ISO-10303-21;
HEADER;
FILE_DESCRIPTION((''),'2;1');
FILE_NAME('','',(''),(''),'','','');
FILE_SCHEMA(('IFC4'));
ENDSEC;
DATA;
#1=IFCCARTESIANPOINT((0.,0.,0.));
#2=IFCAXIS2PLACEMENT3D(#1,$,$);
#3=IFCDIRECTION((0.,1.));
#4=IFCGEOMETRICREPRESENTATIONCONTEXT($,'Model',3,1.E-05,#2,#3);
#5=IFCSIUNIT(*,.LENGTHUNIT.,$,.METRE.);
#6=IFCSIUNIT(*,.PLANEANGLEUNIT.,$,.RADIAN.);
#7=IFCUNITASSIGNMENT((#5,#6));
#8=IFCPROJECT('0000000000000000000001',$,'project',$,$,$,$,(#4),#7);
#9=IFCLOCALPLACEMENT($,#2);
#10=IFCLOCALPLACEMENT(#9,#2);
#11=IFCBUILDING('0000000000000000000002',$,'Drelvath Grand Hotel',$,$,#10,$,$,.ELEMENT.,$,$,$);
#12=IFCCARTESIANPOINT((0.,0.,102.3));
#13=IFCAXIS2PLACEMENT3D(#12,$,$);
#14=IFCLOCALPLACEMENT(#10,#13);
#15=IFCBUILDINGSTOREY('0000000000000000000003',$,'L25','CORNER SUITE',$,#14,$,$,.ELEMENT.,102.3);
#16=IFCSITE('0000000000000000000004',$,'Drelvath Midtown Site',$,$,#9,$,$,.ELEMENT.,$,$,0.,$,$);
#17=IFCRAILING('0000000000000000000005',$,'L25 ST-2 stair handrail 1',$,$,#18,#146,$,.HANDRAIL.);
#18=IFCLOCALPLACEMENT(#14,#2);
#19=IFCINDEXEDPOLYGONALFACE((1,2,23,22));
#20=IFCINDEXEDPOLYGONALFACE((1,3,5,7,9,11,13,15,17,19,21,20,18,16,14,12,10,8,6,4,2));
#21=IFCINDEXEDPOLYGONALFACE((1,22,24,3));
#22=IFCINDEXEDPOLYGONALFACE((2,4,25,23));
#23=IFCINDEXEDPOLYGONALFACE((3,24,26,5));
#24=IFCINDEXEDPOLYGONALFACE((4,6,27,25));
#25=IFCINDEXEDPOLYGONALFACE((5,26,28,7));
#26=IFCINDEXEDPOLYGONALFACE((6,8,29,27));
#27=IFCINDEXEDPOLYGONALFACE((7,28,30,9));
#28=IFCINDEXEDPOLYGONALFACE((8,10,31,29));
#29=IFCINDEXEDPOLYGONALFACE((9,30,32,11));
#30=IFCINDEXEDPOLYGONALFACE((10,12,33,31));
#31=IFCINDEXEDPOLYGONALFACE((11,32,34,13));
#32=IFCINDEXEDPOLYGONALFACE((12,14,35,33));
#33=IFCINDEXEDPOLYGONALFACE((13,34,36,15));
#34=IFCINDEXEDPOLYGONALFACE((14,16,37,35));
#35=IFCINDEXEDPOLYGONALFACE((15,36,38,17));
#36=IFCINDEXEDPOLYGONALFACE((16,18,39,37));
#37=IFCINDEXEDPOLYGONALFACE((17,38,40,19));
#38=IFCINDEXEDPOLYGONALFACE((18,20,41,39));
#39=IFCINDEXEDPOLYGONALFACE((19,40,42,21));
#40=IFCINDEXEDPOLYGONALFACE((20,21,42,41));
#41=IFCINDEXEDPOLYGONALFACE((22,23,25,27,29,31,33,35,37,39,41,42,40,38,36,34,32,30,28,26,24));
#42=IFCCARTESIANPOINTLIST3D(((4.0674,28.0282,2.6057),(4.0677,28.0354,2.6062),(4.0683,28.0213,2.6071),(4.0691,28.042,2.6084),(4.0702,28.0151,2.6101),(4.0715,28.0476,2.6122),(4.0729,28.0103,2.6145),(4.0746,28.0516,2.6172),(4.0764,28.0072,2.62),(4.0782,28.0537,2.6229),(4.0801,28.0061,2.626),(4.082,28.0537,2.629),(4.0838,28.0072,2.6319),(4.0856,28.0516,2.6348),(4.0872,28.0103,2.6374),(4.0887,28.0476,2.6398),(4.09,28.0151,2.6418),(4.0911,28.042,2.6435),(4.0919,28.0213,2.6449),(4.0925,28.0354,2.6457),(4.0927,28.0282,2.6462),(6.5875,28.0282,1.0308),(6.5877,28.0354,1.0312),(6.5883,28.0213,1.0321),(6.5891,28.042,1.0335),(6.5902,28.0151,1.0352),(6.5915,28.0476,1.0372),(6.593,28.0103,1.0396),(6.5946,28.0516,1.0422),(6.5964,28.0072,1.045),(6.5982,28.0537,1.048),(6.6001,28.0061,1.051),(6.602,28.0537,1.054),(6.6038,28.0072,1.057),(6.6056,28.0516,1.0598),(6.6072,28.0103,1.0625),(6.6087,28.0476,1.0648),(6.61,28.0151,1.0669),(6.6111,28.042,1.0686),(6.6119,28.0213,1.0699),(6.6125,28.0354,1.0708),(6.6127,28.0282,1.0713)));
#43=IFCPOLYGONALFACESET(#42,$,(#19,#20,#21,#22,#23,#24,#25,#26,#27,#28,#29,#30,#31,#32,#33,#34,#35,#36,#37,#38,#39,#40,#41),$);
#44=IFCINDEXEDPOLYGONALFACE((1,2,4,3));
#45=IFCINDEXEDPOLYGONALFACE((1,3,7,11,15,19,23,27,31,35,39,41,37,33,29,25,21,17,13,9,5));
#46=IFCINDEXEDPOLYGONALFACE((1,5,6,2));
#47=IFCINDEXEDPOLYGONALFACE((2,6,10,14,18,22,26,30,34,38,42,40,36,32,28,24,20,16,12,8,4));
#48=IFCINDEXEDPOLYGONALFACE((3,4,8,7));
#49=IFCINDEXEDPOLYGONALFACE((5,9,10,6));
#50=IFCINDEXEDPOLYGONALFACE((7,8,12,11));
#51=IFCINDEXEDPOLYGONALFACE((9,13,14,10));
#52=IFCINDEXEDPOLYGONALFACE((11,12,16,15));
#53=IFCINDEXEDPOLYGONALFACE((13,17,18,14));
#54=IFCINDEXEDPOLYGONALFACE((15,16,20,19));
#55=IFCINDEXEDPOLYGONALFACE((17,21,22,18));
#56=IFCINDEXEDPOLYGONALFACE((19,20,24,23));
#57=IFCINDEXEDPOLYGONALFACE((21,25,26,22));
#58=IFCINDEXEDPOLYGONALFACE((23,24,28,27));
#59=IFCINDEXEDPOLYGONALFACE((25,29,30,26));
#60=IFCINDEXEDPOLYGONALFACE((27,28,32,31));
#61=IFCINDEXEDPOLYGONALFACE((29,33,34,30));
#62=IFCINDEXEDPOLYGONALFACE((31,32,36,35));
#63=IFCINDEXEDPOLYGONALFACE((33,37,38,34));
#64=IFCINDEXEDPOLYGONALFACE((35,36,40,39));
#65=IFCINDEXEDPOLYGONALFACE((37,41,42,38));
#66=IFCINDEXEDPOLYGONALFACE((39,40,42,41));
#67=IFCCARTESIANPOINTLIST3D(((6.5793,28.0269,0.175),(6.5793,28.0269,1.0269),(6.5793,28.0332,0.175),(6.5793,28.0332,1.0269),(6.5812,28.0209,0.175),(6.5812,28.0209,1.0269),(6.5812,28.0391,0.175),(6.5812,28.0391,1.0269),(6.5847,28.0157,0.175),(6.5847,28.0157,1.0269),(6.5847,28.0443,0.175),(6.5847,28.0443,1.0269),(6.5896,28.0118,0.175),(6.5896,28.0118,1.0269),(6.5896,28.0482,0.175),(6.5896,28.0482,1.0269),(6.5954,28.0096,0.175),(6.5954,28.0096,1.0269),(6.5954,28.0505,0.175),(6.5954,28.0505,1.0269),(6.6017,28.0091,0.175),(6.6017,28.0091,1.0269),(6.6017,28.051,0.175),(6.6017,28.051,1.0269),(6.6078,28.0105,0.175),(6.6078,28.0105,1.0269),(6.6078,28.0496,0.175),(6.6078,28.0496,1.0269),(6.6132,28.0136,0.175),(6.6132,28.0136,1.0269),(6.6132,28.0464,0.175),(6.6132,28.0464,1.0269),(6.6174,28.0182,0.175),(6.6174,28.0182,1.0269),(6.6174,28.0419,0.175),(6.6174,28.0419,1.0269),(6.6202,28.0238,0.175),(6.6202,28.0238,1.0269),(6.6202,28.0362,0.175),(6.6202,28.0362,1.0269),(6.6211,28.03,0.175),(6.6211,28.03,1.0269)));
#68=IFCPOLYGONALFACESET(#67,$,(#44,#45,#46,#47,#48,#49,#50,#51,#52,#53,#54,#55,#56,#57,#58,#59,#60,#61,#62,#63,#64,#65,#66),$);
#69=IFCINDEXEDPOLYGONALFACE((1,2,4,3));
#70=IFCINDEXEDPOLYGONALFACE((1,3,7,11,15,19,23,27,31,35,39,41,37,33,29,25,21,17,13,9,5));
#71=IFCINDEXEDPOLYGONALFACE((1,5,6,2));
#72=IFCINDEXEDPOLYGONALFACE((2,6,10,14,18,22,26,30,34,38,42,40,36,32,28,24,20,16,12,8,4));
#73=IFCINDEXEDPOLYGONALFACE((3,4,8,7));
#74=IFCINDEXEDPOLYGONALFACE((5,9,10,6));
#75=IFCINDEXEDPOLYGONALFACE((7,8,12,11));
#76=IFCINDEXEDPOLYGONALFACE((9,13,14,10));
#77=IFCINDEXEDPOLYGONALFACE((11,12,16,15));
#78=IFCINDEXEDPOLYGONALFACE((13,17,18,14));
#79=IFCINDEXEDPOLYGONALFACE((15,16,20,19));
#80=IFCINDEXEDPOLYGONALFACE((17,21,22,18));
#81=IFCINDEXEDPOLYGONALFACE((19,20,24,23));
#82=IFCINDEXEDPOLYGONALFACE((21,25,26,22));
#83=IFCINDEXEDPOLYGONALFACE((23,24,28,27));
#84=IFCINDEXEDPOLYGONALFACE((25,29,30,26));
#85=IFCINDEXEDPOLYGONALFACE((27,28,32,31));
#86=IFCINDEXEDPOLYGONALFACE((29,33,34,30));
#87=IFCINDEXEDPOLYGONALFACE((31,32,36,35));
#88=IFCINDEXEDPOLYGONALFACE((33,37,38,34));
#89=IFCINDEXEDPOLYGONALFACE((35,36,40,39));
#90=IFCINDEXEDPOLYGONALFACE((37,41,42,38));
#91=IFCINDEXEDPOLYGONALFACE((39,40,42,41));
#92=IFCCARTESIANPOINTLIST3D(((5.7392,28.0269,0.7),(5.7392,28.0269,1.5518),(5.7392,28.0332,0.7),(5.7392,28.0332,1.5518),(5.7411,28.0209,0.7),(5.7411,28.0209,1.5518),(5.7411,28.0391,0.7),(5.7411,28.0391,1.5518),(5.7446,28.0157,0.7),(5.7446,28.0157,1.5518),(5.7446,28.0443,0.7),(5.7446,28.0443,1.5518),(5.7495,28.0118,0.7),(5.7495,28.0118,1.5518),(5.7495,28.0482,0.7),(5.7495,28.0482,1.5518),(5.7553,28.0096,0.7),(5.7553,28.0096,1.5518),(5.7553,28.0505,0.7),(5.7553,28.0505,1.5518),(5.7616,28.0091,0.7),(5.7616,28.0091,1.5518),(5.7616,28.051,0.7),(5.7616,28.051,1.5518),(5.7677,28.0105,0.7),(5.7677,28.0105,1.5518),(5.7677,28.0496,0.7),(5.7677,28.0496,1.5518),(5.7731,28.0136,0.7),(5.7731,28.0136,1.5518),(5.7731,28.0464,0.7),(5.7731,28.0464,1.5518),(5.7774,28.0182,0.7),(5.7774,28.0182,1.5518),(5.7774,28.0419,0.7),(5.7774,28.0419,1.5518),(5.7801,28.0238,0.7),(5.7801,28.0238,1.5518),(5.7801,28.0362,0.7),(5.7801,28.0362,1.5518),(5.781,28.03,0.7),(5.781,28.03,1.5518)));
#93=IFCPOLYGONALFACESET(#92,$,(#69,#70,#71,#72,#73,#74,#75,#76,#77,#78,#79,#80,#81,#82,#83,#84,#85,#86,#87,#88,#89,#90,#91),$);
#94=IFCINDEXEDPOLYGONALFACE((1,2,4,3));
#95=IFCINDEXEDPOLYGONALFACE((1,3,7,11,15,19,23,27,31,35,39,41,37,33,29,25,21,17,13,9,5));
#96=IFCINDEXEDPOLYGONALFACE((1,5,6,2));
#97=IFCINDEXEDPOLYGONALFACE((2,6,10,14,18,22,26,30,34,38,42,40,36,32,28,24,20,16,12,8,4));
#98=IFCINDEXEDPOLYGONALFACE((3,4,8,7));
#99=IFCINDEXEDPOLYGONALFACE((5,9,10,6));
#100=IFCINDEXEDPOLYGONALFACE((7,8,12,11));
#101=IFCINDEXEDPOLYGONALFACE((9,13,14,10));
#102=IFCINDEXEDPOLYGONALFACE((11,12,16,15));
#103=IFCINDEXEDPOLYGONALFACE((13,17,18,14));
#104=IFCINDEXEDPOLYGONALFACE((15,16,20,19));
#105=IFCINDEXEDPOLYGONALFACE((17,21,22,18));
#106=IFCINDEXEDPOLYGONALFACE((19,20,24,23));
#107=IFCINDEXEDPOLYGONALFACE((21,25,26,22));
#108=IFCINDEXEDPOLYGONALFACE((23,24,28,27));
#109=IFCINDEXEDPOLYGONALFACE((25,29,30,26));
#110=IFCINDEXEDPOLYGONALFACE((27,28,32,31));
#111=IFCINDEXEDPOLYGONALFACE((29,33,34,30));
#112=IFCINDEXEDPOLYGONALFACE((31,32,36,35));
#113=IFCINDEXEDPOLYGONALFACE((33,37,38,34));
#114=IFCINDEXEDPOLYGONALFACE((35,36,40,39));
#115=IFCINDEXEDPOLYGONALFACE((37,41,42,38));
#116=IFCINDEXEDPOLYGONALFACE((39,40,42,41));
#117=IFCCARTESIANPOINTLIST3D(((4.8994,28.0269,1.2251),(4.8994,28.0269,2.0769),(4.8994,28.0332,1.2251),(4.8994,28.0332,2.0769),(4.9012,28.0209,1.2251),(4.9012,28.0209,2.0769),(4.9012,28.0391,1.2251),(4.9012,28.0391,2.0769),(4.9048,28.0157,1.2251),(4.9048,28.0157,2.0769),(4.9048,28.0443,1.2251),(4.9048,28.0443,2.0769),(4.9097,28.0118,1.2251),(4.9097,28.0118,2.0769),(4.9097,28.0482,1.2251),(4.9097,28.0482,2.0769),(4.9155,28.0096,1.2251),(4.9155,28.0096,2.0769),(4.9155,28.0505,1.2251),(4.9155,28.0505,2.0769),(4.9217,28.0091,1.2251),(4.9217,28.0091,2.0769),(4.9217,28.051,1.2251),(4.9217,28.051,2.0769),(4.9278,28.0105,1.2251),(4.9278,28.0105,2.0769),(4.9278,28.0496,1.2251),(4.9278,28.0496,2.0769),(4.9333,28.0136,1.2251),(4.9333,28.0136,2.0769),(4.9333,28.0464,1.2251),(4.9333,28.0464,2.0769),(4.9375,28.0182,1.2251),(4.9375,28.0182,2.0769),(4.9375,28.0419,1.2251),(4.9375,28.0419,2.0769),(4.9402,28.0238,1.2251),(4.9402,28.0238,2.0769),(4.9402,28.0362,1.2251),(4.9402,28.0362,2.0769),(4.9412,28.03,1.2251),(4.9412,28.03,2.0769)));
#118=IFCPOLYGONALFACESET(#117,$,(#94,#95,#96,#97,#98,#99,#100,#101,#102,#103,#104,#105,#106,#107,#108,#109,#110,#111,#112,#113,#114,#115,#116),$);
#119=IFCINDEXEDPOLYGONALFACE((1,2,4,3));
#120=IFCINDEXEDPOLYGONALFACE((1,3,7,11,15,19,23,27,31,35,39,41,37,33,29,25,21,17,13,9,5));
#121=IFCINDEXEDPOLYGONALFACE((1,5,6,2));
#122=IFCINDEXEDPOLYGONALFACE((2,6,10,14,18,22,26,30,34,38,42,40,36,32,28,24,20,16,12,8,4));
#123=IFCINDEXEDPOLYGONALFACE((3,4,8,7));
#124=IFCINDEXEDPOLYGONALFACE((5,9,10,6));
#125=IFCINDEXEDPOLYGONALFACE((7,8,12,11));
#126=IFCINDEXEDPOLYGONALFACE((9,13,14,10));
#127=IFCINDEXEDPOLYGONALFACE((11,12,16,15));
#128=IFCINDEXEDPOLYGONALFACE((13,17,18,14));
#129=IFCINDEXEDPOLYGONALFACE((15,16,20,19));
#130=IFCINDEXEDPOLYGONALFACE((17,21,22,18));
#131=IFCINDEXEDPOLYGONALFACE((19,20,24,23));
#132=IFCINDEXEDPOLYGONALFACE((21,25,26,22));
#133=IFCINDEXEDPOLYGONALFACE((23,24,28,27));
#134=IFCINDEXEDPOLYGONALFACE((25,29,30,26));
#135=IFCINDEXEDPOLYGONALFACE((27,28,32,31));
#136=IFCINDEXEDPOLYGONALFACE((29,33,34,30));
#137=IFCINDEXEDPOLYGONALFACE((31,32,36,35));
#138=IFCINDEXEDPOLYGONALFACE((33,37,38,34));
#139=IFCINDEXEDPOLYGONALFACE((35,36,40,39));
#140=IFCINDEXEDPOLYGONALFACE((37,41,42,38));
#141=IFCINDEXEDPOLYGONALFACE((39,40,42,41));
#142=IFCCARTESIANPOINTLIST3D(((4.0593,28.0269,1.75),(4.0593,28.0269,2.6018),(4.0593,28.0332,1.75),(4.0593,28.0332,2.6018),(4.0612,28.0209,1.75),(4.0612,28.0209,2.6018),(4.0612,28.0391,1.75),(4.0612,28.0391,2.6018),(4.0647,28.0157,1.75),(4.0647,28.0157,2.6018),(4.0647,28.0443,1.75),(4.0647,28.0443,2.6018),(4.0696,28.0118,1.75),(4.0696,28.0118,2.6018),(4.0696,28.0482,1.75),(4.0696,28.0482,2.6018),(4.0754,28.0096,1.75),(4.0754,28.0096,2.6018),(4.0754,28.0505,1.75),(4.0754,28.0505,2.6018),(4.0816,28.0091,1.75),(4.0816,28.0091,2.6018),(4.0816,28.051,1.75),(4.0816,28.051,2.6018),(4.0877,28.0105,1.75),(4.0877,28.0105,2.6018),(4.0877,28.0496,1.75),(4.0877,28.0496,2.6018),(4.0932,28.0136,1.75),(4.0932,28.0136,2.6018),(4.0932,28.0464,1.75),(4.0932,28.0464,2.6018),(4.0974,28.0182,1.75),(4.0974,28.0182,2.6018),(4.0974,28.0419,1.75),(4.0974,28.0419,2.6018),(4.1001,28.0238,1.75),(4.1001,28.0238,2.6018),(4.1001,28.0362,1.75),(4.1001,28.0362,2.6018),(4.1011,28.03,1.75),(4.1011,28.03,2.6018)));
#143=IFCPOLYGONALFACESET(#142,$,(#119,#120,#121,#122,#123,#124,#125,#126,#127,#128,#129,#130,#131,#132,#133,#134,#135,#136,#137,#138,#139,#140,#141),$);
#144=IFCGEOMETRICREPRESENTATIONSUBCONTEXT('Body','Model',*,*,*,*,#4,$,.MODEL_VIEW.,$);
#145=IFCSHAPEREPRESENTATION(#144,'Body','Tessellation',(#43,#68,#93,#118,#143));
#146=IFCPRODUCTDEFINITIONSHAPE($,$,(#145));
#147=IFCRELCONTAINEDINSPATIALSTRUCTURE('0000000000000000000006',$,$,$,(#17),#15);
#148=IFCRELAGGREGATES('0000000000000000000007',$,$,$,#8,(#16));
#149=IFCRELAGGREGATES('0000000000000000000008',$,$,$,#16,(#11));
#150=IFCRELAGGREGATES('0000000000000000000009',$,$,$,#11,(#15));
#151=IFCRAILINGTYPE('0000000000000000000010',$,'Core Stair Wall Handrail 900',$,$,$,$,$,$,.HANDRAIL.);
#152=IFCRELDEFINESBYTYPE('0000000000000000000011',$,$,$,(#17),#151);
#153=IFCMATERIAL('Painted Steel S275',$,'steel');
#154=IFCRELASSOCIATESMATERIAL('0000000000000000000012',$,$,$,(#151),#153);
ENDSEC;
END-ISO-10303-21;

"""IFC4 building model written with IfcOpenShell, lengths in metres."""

from ifc_helpers import new_model, si_unit, direction, frame, origin, origin_2d, place, context, subcontext, project, spatial, circle, extrude, material, type_object, element, save


model = new_model("IFC4")

# Units and contexts
model_context = context("Model", 3, precision=1e-05, world=origin(), true_north=direction((0.0, 1.0)))
body_context = subcontext(model_context, "Body", "Model", "MODEL_VIEW")
ifc_project = project(units=[si_unit("LENGTHUNIT", "METRE"), si_unit("PLANEANGLEUNIT", "RADIAN")], contexts=[model_context])

# Site, building, storey
site_placement = place(None, origin())
site = spatial("IfcSite", under=ifc_project, at=site_placement, Name="Drelvath Midtown Site", CompositionType="ELEMENT", RefElevation=0.0)
building_placement = place(site_placement, origin())
building = spatial("IfcBuilding", under=site, at=building_placement, Name="Drelvath Grand Hotel", CompositionType="ELEMENT")
storey_placement = place(building_placement, frame((0.0, 0.0, 102.3)))
storey = spatial("IfcBuildingStorey", under=building, at=storey_placement, Name="L25", Description="CORNER SUITE", CompositionType="ELEMENT", Elevation=102.3)

# Shared definitions
ifc_material_1 = material(Name="Painted Steel S275", Category="steel")

# Railing
railing_type = type_object("IfcRailingType", Name="Core Stair Wall Handrail 900", PredefinedType="HANDRAIL", material=ifc_material_1)
railing_placement = place(storey_placement, frame((6.6001, 28.03, 0.175)))
element("IfcRailing", 1, at=railing_placement, inside=storey, type_object=railing_type, Name="L25 ST-2 stair handrail 1", PredefinedType="HANDRAIL", context=body_context, shape_type="SweptSolid", body=[
    extrude(circle(Radius=0.0239, at=origin_2d()), frame((0.0, 0.0, 0.876), z_axis=(-0.848008, 0.0, 0.529984), x_axis=(0.0, -1.0, 0.0)), (0.0, 0.0, 1.0), 2.9717),
    extrude(circle(Radius=0.021, at=origin_2d()), origin(), (0.0, 0.0, 1.0), 0.8518),
    extrude(circle(Radius=0.021, at=origin_2d()), frame((-0.8401, 0.0, 0.5249)), (0.0, 0.0, 1.0), 0.8518),
    extrude(circle(Radius=0.021, at=origin_2d()), frame((-1.6799, 0.0, 1.05)), (0.0, 0.0, 1.0), 0.8518),
    extrude(circle(Radius=0.021, at=origin_2d()), frame((-2.52, 0.0, 1.575)), (0.0, 0.0, 1.0), 0.8518),
])

save(model, "model.ifc")
